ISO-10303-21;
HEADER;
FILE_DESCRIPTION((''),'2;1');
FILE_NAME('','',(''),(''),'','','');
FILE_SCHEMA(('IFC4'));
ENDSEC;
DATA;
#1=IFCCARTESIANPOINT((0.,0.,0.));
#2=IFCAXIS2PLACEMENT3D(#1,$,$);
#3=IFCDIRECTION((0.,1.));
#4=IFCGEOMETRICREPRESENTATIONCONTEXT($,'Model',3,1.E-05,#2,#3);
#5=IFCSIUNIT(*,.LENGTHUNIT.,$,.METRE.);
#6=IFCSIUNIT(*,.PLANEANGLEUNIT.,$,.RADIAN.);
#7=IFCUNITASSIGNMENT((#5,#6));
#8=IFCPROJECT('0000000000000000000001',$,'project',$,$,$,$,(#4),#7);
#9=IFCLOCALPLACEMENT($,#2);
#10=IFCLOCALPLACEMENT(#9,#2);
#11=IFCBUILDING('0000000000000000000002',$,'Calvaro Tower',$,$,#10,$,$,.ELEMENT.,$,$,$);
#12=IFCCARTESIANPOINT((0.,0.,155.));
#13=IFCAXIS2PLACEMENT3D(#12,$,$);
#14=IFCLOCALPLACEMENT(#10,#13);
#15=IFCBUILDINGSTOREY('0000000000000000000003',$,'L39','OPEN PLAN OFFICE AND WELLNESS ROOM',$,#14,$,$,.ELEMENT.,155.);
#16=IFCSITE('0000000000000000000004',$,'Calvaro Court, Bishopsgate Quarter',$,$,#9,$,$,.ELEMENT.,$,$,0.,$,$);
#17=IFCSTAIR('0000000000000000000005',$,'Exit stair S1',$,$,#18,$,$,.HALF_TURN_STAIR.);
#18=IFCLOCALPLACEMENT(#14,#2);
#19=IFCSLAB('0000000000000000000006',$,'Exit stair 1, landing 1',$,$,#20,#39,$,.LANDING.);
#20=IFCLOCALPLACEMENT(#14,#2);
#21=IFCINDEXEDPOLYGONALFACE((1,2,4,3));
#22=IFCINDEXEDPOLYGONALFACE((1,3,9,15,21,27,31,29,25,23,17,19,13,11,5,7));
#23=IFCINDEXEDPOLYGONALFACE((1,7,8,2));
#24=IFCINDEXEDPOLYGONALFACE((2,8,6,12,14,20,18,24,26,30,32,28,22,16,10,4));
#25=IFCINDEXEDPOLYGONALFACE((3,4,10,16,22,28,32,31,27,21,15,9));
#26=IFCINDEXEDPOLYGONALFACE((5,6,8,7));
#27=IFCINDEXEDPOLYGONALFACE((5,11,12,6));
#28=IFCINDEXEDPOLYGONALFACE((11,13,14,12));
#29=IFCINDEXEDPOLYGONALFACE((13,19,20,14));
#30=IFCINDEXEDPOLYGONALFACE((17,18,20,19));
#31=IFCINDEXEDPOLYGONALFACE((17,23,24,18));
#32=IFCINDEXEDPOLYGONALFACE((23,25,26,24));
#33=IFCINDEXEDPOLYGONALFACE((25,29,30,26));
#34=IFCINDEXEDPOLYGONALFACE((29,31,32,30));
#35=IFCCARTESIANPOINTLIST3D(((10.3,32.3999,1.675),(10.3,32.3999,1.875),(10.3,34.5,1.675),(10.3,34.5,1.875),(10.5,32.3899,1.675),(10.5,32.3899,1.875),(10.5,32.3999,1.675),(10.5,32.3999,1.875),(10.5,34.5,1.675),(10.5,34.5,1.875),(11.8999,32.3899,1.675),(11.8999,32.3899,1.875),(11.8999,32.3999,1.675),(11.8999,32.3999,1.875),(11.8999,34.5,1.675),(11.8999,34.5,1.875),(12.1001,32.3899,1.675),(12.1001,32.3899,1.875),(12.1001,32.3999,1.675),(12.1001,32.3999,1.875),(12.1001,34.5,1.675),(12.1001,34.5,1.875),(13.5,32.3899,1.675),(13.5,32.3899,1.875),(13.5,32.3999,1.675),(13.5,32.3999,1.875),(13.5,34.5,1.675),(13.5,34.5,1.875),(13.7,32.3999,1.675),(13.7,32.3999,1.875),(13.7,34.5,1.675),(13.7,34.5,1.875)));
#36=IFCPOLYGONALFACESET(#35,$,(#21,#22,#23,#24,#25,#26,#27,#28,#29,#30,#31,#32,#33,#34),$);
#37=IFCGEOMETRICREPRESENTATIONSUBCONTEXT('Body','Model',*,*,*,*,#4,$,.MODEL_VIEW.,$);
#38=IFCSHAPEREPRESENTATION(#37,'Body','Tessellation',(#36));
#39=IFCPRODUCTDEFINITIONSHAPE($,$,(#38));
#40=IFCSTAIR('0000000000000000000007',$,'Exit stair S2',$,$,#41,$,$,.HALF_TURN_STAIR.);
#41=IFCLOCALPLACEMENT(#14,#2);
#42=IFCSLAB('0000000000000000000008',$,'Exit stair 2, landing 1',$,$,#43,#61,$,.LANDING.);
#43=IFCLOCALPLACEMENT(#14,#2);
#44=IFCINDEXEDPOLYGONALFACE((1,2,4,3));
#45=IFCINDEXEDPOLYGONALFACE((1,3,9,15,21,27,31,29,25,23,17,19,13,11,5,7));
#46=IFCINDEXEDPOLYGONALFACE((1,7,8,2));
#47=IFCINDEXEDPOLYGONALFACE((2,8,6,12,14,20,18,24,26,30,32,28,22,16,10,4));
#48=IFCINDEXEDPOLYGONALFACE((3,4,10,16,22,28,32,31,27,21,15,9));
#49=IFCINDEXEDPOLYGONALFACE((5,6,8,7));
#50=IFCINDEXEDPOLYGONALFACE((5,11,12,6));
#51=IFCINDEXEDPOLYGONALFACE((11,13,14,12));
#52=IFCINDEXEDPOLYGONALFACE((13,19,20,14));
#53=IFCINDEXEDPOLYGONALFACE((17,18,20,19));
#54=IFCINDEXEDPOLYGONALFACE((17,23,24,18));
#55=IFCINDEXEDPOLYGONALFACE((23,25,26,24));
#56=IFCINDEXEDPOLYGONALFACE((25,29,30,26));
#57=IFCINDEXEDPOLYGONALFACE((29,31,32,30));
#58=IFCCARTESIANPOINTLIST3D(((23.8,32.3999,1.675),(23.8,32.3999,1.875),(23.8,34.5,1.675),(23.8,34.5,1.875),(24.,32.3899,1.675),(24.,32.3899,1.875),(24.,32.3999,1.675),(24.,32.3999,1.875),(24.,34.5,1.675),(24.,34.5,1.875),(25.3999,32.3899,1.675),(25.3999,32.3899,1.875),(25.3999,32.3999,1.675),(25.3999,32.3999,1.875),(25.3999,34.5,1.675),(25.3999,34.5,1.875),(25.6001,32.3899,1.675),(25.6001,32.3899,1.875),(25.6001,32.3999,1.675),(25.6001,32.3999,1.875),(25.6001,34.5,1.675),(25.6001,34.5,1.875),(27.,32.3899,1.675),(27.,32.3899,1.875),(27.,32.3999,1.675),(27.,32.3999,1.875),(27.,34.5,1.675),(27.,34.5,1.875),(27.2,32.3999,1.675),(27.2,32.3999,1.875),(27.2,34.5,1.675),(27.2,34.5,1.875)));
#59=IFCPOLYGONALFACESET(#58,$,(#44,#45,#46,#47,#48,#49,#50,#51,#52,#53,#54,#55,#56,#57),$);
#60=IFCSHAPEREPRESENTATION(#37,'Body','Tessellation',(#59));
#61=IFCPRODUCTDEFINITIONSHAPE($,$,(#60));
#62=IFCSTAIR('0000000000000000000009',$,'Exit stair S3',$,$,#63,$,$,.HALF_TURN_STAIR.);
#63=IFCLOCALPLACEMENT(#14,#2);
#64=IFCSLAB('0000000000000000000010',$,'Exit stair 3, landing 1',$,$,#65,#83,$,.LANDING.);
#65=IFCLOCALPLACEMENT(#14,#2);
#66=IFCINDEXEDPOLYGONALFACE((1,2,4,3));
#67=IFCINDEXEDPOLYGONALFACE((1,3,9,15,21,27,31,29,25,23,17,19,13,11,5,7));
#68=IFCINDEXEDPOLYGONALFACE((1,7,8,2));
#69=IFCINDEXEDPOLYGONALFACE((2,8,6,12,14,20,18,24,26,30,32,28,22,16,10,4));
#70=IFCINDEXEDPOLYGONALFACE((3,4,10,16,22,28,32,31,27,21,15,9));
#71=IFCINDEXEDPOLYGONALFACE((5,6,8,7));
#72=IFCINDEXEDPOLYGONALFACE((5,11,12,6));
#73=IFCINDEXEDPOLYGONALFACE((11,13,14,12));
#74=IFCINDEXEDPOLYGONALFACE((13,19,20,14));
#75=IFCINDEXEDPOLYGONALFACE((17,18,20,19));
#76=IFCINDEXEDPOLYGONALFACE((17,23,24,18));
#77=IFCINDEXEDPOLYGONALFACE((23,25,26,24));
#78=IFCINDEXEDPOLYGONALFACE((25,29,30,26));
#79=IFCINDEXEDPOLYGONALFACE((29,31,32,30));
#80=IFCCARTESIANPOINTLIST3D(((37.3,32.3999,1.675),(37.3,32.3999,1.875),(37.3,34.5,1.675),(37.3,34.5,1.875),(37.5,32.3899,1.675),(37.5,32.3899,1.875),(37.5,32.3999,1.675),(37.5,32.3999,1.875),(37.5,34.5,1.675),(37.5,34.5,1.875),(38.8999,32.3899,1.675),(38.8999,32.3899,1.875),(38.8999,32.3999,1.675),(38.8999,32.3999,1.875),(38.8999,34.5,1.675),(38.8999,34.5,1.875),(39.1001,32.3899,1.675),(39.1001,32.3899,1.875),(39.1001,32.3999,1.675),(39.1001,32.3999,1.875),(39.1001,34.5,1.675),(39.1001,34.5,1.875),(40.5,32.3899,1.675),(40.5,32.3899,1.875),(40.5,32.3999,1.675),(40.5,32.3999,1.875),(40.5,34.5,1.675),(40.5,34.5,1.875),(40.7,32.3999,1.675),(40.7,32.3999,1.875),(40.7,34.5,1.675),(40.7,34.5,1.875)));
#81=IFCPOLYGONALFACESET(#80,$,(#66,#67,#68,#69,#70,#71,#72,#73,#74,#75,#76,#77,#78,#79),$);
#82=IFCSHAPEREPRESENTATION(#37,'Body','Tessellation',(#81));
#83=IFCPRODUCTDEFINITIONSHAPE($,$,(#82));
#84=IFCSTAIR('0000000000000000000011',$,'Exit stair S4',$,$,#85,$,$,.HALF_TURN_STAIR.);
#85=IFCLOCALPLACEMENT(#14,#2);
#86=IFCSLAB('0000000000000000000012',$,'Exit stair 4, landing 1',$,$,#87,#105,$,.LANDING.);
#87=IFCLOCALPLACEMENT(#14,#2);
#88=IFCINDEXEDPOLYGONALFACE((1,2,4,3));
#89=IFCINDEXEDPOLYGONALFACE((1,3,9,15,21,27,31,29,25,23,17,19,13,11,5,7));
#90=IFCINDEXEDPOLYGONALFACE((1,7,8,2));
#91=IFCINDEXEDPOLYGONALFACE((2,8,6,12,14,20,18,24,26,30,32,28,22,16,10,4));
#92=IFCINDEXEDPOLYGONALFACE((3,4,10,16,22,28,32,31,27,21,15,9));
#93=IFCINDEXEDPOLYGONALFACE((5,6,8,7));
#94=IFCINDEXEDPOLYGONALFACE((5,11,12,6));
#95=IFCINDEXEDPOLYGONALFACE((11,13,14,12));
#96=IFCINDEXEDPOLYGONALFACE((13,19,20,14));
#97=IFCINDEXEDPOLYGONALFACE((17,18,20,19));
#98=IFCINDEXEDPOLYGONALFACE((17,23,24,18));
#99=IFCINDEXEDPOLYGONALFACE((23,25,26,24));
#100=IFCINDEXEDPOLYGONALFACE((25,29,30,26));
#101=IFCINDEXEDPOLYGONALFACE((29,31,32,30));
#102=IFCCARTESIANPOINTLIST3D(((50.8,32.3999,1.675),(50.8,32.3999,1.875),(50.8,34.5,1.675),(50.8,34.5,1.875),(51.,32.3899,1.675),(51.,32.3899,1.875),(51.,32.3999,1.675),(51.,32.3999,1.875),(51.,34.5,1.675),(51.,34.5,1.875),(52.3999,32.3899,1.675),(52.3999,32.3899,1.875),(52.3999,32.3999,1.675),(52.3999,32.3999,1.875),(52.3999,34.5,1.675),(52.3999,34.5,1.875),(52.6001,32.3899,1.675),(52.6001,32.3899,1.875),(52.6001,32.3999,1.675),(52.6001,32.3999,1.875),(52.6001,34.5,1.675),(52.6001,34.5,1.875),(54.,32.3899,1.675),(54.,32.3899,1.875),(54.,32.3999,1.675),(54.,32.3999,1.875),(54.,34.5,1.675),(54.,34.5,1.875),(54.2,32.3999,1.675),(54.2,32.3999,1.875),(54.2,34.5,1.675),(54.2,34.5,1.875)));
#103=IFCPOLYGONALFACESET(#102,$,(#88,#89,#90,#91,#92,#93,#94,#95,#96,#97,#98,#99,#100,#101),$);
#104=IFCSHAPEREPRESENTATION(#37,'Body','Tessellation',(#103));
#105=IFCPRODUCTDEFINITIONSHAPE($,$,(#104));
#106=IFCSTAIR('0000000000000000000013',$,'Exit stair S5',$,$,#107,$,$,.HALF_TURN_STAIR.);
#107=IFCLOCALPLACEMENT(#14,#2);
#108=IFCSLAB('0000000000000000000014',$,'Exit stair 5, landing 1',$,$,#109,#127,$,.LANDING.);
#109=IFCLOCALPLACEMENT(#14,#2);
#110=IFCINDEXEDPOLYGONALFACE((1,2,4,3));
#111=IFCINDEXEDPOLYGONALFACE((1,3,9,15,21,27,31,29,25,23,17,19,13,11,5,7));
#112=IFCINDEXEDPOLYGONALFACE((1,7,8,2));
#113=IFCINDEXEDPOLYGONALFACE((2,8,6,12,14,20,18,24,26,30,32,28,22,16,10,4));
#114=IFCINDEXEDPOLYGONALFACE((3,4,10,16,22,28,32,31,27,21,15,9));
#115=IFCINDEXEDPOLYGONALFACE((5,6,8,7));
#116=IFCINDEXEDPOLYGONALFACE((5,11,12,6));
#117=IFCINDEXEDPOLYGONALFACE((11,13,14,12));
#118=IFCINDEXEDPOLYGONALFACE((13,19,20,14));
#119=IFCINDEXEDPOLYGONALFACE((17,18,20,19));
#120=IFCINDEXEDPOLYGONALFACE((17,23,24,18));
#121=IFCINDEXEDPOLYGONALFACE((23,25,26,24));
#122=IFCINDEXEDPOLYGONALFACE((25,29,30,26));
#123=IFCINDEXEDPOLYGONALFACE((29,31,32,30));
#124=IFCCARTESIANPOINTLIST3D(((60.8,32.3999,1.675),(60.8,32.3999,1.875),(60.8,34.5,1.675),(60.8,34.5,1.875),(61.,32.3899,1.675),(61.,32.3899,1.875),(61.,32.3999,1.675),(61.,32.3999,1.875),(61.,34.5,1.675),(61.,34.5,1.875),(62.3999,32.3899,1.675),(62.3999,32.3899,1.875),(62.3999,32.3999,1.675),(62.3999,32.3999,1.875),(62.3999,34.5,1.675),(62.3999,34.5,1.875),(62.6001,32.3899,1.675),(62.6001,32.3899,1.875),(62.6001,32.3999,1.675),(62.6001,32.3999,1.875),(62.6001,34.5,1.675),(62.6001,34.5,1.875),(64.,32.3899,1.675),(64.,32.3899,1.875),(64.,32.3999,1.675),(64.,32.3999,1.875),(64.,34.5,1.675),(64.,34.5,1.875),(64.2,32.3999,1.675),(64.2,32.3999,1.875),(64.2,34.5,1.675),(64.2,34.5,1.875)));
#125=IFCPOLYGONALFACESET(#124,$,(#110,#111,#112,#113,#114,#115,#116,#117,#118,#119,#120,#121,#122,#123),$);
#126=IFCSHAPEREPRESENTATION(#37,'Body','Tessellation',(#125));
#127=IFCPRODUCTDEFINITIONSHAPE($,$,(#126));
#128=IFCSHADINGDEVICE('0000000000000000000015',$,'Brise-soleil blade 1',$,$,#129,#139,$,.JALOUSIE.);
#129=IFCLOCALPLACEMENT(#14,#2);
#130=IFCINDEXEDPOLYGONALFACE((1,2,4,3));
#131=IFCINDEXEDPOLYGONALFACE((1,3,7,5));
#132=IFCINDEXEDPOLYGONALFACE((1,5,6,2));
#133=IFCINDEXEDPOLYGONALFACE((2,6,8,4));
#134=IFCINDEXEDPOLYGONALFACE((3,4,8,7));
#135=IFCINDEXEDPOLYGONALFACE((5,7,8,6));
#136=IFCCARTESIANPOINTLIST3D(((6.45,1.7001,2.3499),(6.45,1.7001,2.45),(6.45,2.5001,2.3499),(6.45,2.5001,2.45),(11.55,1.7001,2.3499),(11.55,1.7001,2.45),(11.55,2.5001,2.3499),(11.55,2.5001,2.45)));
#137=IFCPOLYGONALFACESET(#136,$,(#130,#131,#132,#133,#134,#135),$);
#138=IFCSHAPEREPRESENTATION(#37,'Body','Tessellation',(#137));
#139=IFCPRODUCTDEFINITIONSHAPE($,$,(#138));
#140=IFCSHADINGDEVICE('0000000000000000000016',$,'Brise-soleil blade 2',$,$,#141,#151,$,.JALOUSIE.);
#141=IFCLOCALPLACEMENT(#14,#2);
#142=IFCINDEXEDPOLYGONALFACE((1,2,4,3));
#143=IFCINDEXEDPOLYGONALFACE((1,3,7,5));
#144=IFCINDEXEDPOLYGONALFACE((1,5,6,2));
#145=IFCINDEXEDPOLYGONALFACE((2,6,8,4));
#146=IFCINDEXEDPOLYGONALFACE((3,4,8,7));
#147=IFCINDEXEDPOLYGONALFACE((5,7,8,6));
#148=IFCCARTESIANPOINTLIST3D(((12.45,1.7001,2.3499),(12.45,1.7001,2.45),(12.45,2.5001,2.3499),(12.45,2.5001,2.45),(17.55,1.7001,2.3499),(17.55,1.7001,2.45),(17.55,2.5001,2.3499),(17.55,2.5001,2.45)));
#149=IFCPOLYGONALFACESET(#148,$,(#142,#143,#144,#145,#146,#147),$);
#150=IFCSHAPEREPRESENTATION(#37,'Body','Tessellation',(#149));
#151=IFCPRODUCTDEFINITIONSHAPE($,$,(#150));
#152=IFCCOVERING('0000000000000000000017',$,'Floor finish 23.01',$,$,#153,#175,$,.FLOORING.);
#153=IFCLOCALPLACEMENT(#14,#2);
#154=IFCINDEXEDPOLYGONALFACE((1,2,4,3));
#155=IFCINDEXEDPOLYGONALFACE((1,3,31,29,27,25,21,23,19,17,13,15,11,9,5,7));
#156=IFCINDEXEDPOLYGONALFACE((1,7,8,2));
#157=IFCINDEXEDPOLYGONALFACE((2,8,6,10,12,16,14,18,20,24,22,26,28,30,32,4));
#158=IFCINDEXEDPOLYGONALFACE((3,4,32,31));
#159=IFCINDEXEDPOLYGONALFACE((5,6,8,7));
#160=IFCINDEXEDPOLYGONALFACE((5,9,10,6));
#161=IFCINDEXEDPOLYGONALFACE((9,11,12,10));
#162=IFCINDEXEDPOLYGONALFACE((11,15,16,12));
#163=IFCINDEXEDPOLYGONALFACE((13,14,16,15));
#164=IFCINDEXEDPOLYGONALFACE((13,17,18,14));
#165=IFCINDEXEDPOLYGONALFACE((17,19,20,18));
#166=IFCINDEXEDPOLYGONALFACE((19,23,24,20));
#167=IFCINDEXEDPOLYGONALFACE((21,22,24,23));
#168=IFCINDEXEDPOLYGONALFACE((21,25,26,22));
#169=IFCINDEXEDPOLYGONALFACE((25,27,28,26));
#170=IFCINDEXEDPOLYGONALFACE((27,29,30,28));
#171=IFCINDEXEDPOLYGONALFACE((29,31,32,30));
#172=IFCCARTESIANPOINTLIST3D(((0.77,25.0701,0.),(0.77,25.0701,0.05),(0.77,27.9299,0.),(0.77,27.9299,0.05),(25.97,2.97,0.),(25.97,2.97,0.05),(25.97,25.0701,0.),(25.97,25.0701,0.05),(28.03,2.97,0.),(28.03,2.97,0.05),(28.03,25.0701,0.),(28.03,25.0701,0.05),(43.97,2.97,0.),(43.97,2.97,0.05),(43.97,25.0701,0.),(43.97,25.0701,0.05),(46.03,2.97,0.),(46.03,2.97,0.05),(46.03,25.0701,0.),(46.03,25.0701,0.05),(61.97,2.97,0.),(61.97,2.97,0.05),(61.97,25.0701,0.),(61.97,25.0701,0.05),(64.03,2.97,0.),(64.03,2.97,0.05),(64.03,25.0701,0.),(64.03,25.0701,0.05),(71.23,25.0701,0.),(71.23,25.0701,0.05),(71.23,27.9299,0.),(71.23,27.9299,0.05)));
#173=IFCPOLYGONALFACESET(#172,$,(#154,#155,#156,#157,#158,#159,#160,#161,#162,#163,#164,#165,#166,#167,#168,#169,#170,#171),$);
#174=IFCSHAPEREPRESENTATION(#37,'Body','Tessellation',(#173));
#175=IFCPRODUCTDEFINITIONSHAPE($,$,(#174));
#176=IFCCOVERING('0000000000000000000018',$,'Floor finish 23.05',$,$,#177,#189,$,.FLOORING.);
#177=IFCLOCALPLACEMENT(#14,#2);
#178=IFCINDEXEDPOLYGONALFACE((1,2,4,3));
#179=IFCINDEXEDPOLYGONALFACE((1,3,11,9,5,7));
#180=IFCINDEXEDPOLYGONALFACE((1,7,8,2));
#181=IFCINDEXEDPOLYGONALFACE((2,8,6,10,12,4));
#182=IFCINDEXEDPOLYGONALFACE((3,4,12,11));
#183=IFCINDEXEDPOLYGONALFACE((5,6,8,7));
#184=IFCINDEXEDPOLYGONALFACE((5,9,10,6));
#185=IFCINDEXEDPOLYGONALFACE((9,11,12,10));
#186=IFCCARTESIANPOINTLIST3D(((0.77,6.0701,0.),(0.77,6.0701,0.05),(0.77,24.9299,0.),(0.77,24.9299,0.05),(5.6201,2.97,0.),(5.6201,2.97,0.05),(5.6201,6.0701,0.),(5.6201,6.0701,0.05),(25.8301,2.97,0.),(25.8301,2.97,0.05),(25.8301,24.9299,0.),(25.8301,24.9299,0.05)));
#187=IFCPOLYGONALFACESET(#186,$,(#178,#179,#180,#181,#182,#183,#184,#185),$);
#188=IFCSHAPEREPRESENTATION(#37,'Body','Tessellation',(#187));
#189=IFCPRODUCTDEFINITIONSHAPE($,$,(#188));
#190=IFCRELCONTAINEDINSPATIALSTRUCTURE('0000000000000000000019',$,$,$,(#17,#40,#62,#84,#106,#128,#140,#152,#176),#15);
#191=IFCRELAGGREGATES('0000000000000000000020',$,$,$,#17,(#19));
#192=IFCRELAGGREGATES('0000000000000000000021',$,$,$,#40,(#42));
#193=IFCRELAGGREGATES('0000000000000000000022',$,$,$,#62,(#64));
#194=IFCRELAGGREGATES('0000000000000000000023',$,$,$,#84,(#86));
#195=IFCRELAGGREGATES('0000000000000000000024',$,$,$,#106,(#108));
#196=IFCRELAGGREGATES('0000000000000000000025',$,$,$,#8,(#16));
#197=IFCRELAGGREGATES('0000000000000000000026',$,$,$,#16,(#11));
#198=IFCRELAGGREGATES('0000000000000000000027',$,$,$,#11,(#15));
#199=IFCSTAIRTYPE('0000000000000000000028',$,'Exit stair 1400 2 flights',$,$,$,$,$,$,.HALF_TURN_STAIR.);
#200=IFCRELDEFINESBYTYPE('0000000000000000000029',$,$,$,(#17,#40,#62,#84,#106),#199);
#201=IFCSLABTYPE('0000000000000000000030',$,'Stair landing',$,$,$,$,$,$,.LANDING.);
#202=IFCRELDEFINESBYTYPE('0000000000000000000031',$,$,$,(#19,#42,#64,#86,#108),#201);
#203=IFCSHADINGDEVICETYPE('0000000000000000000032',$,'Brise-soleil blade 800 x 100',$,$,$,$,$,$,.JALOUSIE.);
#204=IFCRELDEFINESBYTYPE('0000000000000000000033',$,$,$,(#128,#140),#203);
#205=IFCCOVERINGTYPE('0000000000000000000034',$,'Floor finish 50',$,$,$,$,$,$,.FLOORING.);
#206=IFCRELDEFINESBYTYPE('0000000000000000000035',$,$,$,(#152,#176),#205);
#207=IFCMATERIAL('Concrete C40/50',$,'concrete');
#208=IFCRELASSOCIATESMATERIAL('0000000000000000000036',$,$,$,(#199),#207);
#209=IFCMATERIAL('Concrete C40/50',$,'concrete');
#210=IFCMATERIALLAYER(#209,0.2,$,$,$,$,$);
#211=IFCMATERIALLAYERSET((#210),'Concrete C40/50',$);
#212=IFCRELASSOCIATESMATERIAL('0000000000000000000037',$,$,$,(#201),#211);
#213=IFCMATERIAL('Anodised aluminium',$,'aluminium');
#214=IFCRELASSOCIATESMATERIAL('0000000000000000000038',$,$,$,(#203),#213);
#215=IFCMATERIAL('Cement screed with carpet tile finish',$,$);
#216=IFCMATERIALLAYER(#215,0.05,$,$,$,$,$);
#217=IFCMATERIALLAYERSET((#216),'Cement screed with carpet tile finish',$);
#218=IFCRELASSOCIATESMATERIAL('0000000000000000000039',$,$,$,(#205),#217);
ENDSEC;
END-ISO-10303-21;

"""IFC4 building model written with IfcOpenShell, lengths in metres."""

from ifc_helpers import new_model, si_unit, direction, frame, origin, origin_2d, place, context, subcontext, project, spatial, polyline, rectangle, outline, extrude, material, layer, layer_set, material_profile, profile_set, type_object, element, aggregate, save


model = new_model("IFC4")

# Units and contexts
model_context = context("Model", 3, precision=1e-05, world=origin(), true_north=direction((0.0, 1.0)))
body_context = subcontext(model_context, "Body", "Model", "MODEL_VIEW")
ifc_project = project(units=[si_unit("LENGTHUNIT", "METRE"), si_unit("PLANEANGLEUNIT", "RADIAN")], contexts=[model_context])

# Site, building, storey
site_placement = place(None, origin())
site = spatial("IfcSite", under=ifc_project, at=site_placement, Name="Calvaro Court, Bishopsgate Quarter", CompositionType="ELEMENT", RefElevation=0.0)
building_placement = place(site_placement, origin())
building = spatial("IfcBuilding", under=site, at=building_placement, Name="Calvaro Tower", CompositionType="ELEMENT")
storey_placement = place(building_placement, frame((0.0, 0.0, 155.0)))
storey = spatial("IfcBuildingStorey", under=building, at=storey_placement, Name="L39", Description="OPEN PLAN OFFICE AND WELLNESS ROOM", CompositionType="ELEMENT", Elevation=155.0)

# Stairs, slabs
ifc_material_1 = material(Name="Concrete C40/50", Category="concrete")
stair_type = type_object("IfcStairType", Name="Exit stair 1400 2 flights", PredefinedType="HALF_TURN_STAIR", material=ifc_material_1)
stair_1_placement = place(storey_placement, origin())
stair_1 = element("IfcStair", 1, at=stair_1_placement, inside=storey, type_object=stair_type, Name="Exit stair S1", PredefinedType="HALF_TURN_STAIR")
ifc_material_2 = material(Name="Concrete C40/50", Category="concrete")
ifc_layer_1 = layer(ifc_material_2, 0.2)
ifc_layer_set_1 = layer_set([ifc_layer_1], Name="Concrete C40/50")
slab_type_1 = type_object("IfcSlabType", Name="Stair landing", PredefinedType="LANDING", material=ifc_layer_set_1)
slab_1_placement = place(storey_placement, frame((0.0, 0.0, 1.675)))
slab_1 = element("IfcSlab", 2, at=slab_1_placement, type_object=slab_type_1, Name="Exit stair 1, landing 1", PredefinedType="LANDING", context=body_context, shape_type="SweptSolid", body=[
    extrude(outline(polyline([(11.8999, 32.3899), (10.5, 32.3899), (10.5, 32.3999), (10.3, 32.3999), (10.3, 34.5), (10.5, 34.5), (11.8999, 34.5), (12.1001, 34.5), (13.5, 34.5), (13.7, 34.5), (13.7, 32.3999), (13.5, 32.3999), (13.5, 32.3899), (12.1001, 32.3899), (12.1001, 32.3999), (11.8999, 32.3999), (11.8999, 32.3899)])), origin(), (0.0, 0.0, 1.0), 0.2),
])
aggregate(stair_1, [slab_1])
stair_2_placement = place(storey_placement, origin())
stair_2 = element("IfcStair", 3, at=stair_2_placement, inside=storey, type_object=stair_type, Name="Exit stair S2", PredefinedType="HALF_TURN_STAIR")
slab_2_placement = place(storey_placement, frame((0.0, 0.0, 1.675)))
slab_2 = element("IfcSlab", 4, at=slab_2_placement, type_object=slab_type_1, Name="Exit stair 2, landing 1", PredefinedType="LANDING", context=body_context, shape_type="SweptSolid", body=[
    extrude(outline(polyline([(25.3999, 32.3899), (24.0, 32.3899), (24.0, 32.3999), (23.8, 32.3999), (23.8, 34.5), (24.0, 34.5), (25.3999, 34.5), (25.6001, 34.5), (27.0, 34.5), (27.2, 34.5), (27.2, 32.3999), (27.0, 32.3999), (27.0, 32.3899), (25.6001, 32.3899), (25.6001, 32.3999), (25.3999, 32.3999), (25.3999, 32.3899)])), origin(), (0.0, 0.0, 1.0), 0.2),
])
aggregate(stair_2, [slab_2])
stair_3_placement = place(storey_placement, origin())
stair_3 = element("IfcStair", 5, at=stair_3_placement, inside=storey, type_object=stair_type, Name="Exit stair S3", PredefinedType="HALF_TURN_STAIR")
slab_3_placement = place(storey_placement, frame((0.0, 0.0, 1.675)))
slab_3 = element("IfcSlab", 6, at=slab_3_placement, type_object=slab_type_1, Name="Exit stair 3, landing 1", PredefinedType="LANDING", context=body_context, shape_type="SweptSolid", body=[
    extrude(outline(polyline([(38.8999, 32.3899), (37.5, 32.3899), (37.5, 32.3999), (37.3, 32.3999), (37.3, 34.5), (37.5, 34.5), (38.8999, 34.5), (39.1001, 34.5), (40.5, 34.5), (40.7, 34.5), (40.7, 32.3999), (40.5, 32.3999), (40.5, 32.3899), (39.1001, 32.3899), (39.1001, 32.3999), (38.8999, 32.3999), (38.8999, 32.3899)])), origin(), (0.0, 0.0, 1.0), 0.2),
])
aggregate(stair_3, [slab_3])
stair_4_placement = place(storey_placement, origin())
stair_4 = element("IfcStair", 7, at=stair_4_placement, inside=storey, type_object=stair_type, Name="Exit stair S4", PredefinedType="HALF_TURN_STAIR")
slab_4_placement = place(storey_placement, frame((0.0, 0.0, 1.675)))
slab_4 = element("IfcSlab", 8, at=slab_4_placement, type_object=slab_type_1, Name="Exit stair 4, landing 1", PredefinedType="LANDING", context=body_context, shape_type="SweptSolid", body=[
    extrude(outline(polyline([(52.3999, 32.3899), (51.0, 32.3899), (51.0, 32.3999), (50.8, 32.3999), (50.8, 34.5), (51.0, 34.5), (52.3999, 34.5), (52.6001, 34.5), (54.0, 34.5), (54.2, 34.5), (54.2, 32.3999), (54.0, 32.3999), (54.0, 32.3899), (52.6001, 32.3899), (52.6001, 32.3999), (52.3999, 32.3999), (52.3999, 32.3899)])), origin(), (0.0, 0.0, 1.0), 0.2),
])
aggregate(stair_4, [slab_4])
stair_5_placement = place(storey_placement, origin())
stair_5 = element("IfcStair", 9, at=stair_5_placement, inside=storey, type_object=stair_type, Name="Exit stair S5", PredefinedType="HALF_TURN_STAIR")
slab_5_placement = place(storey_placement, frame((0.0, 0.0, 1.675)))
slab_5 = element("IfcSlab", 10, at=slab_5_placement, type_object=slab_type_1, Name="Exit stair 5, landing 1", PredefinedType="LANDING", context=body_context, shape_type="SweptSolid", body=[
    extrude(outline(polyline([(62.3999, 32.3899), (61.0, 32.3899), (61.0, 32.3999), (60.8, 32.3999), (60.8, 34.5), (61.0, 34.5), (62.3999, 34.5), (62.6001, 34.5), (64.0, 34.5), (64.2, 34.5), (64.2, 32.3999), (64.0, 32.3999), (64.0, 32.3899), (62.6001, 32.3899), (62.6001, 32.3999), (62.3999, 32.3999), (62.3999, 32.3899)])), origin(), (0.0, 0.0, 1.0), 0.2),
])
aggregate(stair_5, [slab_5])

# Shading devices
ifc_material_3 = material(Name="Anodised aluminium", Category="aluminium")
ifc_material_profile_1 = material_profile(ifc_material_3, rectangle(XDim=0.8, YDim=0.1001, at=origin_2d()), Name="Brise-soleil blade 800 x 100")
ifc_profile_set_1 = profile_set([ifc_material_profile_1], Name="Anodised aluminium")
shading_device_type = type_object("IfcShadingDeviceType", Name="Brise-soleil blade 800 x 100", PredefinedType="JALOUSIE", material=ifc_profile_set_1)
for number, where, z_axis, x_axis, name in (
    (11, (6.45, 2.1001, 2.3999), (1.0, 0.0, 0.0), (0.0, 1.0, 0.0), "Brise-soleil blade 1"),
    (12, (12.45, 2.1001, 2.3999), (1.0, 0.0, 0.0), (0.0, 1.0, 0.0), "Brise-soleil blade 2"),
):
    element("IfcShadingDevice", number, at=place(storey_placement, frame(where, z_axis=z_axis, x_axis=x_axis)), inside=storey, type_object=shading_device_type, Name=name, PredefinedType="JALOUSIE", context=body_context, shape_type="SweptSolid", body=[
        extrude(rectangle(XDim=0.8, YDim=0.1001, at=origin_2d()), origin(), (0.0, 0.0, 1.0), 5.1001),
    ])

# Coverings
ifc_material_4 = material(Name="Cement screed with carpet tile finish")
ifc_layer_2 = layer(ifc_material_4, 0.05)
ifc_layer_set_2 = layer_set([ifc_layer_2], Name="Cement screed with carpet tile finish")
covering_type = type_object("IfcCoveringType", Name="Floor finish 50", PredefinedType="FLOORING", material=ifc_layer_set_2)
covering_1_placement = place(storey_placement, origin())
element("IfcCovering", 13, at=covering_1_placement, inside=storey, type_object=covering_type, Name="Floor finish 23.01", PredefinedType="FLOORING", context=body_context, shape_type="SweptSolid", body=[
    extrude(outline(polyline([(0.77, 25.0701), (0.77, 27.9299), (71.23, 27.9299), (71.23, 25.0701), (64.03, 25.0701), (64.03, 2.97), (61.97, 2.97), (61.97, 25.0701), (46.03, 25.0701), (46.03, 2.97), (43.97, 2.97), (43.97, 25.0701), (28.03, 25.0701), (28.03, 2.97), (25.97, 2.97), (25.97, 25.0701), (0.77, 25.0701)])), origin(), (0.0, 0.0, 1.0), 0.05),
])
covering_2_placement = place(storey_placement, origin())
element("IfcCovering", 14, at=covering_2_placement, inside=storey, type_object=covering_type, Name="Floor finish 23.05", PredefinedType="FLOORING", context=body_context, shape_type="SweptSolid", body=[
    extrude(outline(polyline([(25.8301, 24.9299), (25.8301, 2.97), (5.6201, 2.97), (5.6201, 6.0701), (0.77, 6.0701), (0.77, 24.9299), (25.8301, 24.9299)])), origin(), (0.0, 0.0, 1.0), 0.05),
])

save(model, "model.ifc")
